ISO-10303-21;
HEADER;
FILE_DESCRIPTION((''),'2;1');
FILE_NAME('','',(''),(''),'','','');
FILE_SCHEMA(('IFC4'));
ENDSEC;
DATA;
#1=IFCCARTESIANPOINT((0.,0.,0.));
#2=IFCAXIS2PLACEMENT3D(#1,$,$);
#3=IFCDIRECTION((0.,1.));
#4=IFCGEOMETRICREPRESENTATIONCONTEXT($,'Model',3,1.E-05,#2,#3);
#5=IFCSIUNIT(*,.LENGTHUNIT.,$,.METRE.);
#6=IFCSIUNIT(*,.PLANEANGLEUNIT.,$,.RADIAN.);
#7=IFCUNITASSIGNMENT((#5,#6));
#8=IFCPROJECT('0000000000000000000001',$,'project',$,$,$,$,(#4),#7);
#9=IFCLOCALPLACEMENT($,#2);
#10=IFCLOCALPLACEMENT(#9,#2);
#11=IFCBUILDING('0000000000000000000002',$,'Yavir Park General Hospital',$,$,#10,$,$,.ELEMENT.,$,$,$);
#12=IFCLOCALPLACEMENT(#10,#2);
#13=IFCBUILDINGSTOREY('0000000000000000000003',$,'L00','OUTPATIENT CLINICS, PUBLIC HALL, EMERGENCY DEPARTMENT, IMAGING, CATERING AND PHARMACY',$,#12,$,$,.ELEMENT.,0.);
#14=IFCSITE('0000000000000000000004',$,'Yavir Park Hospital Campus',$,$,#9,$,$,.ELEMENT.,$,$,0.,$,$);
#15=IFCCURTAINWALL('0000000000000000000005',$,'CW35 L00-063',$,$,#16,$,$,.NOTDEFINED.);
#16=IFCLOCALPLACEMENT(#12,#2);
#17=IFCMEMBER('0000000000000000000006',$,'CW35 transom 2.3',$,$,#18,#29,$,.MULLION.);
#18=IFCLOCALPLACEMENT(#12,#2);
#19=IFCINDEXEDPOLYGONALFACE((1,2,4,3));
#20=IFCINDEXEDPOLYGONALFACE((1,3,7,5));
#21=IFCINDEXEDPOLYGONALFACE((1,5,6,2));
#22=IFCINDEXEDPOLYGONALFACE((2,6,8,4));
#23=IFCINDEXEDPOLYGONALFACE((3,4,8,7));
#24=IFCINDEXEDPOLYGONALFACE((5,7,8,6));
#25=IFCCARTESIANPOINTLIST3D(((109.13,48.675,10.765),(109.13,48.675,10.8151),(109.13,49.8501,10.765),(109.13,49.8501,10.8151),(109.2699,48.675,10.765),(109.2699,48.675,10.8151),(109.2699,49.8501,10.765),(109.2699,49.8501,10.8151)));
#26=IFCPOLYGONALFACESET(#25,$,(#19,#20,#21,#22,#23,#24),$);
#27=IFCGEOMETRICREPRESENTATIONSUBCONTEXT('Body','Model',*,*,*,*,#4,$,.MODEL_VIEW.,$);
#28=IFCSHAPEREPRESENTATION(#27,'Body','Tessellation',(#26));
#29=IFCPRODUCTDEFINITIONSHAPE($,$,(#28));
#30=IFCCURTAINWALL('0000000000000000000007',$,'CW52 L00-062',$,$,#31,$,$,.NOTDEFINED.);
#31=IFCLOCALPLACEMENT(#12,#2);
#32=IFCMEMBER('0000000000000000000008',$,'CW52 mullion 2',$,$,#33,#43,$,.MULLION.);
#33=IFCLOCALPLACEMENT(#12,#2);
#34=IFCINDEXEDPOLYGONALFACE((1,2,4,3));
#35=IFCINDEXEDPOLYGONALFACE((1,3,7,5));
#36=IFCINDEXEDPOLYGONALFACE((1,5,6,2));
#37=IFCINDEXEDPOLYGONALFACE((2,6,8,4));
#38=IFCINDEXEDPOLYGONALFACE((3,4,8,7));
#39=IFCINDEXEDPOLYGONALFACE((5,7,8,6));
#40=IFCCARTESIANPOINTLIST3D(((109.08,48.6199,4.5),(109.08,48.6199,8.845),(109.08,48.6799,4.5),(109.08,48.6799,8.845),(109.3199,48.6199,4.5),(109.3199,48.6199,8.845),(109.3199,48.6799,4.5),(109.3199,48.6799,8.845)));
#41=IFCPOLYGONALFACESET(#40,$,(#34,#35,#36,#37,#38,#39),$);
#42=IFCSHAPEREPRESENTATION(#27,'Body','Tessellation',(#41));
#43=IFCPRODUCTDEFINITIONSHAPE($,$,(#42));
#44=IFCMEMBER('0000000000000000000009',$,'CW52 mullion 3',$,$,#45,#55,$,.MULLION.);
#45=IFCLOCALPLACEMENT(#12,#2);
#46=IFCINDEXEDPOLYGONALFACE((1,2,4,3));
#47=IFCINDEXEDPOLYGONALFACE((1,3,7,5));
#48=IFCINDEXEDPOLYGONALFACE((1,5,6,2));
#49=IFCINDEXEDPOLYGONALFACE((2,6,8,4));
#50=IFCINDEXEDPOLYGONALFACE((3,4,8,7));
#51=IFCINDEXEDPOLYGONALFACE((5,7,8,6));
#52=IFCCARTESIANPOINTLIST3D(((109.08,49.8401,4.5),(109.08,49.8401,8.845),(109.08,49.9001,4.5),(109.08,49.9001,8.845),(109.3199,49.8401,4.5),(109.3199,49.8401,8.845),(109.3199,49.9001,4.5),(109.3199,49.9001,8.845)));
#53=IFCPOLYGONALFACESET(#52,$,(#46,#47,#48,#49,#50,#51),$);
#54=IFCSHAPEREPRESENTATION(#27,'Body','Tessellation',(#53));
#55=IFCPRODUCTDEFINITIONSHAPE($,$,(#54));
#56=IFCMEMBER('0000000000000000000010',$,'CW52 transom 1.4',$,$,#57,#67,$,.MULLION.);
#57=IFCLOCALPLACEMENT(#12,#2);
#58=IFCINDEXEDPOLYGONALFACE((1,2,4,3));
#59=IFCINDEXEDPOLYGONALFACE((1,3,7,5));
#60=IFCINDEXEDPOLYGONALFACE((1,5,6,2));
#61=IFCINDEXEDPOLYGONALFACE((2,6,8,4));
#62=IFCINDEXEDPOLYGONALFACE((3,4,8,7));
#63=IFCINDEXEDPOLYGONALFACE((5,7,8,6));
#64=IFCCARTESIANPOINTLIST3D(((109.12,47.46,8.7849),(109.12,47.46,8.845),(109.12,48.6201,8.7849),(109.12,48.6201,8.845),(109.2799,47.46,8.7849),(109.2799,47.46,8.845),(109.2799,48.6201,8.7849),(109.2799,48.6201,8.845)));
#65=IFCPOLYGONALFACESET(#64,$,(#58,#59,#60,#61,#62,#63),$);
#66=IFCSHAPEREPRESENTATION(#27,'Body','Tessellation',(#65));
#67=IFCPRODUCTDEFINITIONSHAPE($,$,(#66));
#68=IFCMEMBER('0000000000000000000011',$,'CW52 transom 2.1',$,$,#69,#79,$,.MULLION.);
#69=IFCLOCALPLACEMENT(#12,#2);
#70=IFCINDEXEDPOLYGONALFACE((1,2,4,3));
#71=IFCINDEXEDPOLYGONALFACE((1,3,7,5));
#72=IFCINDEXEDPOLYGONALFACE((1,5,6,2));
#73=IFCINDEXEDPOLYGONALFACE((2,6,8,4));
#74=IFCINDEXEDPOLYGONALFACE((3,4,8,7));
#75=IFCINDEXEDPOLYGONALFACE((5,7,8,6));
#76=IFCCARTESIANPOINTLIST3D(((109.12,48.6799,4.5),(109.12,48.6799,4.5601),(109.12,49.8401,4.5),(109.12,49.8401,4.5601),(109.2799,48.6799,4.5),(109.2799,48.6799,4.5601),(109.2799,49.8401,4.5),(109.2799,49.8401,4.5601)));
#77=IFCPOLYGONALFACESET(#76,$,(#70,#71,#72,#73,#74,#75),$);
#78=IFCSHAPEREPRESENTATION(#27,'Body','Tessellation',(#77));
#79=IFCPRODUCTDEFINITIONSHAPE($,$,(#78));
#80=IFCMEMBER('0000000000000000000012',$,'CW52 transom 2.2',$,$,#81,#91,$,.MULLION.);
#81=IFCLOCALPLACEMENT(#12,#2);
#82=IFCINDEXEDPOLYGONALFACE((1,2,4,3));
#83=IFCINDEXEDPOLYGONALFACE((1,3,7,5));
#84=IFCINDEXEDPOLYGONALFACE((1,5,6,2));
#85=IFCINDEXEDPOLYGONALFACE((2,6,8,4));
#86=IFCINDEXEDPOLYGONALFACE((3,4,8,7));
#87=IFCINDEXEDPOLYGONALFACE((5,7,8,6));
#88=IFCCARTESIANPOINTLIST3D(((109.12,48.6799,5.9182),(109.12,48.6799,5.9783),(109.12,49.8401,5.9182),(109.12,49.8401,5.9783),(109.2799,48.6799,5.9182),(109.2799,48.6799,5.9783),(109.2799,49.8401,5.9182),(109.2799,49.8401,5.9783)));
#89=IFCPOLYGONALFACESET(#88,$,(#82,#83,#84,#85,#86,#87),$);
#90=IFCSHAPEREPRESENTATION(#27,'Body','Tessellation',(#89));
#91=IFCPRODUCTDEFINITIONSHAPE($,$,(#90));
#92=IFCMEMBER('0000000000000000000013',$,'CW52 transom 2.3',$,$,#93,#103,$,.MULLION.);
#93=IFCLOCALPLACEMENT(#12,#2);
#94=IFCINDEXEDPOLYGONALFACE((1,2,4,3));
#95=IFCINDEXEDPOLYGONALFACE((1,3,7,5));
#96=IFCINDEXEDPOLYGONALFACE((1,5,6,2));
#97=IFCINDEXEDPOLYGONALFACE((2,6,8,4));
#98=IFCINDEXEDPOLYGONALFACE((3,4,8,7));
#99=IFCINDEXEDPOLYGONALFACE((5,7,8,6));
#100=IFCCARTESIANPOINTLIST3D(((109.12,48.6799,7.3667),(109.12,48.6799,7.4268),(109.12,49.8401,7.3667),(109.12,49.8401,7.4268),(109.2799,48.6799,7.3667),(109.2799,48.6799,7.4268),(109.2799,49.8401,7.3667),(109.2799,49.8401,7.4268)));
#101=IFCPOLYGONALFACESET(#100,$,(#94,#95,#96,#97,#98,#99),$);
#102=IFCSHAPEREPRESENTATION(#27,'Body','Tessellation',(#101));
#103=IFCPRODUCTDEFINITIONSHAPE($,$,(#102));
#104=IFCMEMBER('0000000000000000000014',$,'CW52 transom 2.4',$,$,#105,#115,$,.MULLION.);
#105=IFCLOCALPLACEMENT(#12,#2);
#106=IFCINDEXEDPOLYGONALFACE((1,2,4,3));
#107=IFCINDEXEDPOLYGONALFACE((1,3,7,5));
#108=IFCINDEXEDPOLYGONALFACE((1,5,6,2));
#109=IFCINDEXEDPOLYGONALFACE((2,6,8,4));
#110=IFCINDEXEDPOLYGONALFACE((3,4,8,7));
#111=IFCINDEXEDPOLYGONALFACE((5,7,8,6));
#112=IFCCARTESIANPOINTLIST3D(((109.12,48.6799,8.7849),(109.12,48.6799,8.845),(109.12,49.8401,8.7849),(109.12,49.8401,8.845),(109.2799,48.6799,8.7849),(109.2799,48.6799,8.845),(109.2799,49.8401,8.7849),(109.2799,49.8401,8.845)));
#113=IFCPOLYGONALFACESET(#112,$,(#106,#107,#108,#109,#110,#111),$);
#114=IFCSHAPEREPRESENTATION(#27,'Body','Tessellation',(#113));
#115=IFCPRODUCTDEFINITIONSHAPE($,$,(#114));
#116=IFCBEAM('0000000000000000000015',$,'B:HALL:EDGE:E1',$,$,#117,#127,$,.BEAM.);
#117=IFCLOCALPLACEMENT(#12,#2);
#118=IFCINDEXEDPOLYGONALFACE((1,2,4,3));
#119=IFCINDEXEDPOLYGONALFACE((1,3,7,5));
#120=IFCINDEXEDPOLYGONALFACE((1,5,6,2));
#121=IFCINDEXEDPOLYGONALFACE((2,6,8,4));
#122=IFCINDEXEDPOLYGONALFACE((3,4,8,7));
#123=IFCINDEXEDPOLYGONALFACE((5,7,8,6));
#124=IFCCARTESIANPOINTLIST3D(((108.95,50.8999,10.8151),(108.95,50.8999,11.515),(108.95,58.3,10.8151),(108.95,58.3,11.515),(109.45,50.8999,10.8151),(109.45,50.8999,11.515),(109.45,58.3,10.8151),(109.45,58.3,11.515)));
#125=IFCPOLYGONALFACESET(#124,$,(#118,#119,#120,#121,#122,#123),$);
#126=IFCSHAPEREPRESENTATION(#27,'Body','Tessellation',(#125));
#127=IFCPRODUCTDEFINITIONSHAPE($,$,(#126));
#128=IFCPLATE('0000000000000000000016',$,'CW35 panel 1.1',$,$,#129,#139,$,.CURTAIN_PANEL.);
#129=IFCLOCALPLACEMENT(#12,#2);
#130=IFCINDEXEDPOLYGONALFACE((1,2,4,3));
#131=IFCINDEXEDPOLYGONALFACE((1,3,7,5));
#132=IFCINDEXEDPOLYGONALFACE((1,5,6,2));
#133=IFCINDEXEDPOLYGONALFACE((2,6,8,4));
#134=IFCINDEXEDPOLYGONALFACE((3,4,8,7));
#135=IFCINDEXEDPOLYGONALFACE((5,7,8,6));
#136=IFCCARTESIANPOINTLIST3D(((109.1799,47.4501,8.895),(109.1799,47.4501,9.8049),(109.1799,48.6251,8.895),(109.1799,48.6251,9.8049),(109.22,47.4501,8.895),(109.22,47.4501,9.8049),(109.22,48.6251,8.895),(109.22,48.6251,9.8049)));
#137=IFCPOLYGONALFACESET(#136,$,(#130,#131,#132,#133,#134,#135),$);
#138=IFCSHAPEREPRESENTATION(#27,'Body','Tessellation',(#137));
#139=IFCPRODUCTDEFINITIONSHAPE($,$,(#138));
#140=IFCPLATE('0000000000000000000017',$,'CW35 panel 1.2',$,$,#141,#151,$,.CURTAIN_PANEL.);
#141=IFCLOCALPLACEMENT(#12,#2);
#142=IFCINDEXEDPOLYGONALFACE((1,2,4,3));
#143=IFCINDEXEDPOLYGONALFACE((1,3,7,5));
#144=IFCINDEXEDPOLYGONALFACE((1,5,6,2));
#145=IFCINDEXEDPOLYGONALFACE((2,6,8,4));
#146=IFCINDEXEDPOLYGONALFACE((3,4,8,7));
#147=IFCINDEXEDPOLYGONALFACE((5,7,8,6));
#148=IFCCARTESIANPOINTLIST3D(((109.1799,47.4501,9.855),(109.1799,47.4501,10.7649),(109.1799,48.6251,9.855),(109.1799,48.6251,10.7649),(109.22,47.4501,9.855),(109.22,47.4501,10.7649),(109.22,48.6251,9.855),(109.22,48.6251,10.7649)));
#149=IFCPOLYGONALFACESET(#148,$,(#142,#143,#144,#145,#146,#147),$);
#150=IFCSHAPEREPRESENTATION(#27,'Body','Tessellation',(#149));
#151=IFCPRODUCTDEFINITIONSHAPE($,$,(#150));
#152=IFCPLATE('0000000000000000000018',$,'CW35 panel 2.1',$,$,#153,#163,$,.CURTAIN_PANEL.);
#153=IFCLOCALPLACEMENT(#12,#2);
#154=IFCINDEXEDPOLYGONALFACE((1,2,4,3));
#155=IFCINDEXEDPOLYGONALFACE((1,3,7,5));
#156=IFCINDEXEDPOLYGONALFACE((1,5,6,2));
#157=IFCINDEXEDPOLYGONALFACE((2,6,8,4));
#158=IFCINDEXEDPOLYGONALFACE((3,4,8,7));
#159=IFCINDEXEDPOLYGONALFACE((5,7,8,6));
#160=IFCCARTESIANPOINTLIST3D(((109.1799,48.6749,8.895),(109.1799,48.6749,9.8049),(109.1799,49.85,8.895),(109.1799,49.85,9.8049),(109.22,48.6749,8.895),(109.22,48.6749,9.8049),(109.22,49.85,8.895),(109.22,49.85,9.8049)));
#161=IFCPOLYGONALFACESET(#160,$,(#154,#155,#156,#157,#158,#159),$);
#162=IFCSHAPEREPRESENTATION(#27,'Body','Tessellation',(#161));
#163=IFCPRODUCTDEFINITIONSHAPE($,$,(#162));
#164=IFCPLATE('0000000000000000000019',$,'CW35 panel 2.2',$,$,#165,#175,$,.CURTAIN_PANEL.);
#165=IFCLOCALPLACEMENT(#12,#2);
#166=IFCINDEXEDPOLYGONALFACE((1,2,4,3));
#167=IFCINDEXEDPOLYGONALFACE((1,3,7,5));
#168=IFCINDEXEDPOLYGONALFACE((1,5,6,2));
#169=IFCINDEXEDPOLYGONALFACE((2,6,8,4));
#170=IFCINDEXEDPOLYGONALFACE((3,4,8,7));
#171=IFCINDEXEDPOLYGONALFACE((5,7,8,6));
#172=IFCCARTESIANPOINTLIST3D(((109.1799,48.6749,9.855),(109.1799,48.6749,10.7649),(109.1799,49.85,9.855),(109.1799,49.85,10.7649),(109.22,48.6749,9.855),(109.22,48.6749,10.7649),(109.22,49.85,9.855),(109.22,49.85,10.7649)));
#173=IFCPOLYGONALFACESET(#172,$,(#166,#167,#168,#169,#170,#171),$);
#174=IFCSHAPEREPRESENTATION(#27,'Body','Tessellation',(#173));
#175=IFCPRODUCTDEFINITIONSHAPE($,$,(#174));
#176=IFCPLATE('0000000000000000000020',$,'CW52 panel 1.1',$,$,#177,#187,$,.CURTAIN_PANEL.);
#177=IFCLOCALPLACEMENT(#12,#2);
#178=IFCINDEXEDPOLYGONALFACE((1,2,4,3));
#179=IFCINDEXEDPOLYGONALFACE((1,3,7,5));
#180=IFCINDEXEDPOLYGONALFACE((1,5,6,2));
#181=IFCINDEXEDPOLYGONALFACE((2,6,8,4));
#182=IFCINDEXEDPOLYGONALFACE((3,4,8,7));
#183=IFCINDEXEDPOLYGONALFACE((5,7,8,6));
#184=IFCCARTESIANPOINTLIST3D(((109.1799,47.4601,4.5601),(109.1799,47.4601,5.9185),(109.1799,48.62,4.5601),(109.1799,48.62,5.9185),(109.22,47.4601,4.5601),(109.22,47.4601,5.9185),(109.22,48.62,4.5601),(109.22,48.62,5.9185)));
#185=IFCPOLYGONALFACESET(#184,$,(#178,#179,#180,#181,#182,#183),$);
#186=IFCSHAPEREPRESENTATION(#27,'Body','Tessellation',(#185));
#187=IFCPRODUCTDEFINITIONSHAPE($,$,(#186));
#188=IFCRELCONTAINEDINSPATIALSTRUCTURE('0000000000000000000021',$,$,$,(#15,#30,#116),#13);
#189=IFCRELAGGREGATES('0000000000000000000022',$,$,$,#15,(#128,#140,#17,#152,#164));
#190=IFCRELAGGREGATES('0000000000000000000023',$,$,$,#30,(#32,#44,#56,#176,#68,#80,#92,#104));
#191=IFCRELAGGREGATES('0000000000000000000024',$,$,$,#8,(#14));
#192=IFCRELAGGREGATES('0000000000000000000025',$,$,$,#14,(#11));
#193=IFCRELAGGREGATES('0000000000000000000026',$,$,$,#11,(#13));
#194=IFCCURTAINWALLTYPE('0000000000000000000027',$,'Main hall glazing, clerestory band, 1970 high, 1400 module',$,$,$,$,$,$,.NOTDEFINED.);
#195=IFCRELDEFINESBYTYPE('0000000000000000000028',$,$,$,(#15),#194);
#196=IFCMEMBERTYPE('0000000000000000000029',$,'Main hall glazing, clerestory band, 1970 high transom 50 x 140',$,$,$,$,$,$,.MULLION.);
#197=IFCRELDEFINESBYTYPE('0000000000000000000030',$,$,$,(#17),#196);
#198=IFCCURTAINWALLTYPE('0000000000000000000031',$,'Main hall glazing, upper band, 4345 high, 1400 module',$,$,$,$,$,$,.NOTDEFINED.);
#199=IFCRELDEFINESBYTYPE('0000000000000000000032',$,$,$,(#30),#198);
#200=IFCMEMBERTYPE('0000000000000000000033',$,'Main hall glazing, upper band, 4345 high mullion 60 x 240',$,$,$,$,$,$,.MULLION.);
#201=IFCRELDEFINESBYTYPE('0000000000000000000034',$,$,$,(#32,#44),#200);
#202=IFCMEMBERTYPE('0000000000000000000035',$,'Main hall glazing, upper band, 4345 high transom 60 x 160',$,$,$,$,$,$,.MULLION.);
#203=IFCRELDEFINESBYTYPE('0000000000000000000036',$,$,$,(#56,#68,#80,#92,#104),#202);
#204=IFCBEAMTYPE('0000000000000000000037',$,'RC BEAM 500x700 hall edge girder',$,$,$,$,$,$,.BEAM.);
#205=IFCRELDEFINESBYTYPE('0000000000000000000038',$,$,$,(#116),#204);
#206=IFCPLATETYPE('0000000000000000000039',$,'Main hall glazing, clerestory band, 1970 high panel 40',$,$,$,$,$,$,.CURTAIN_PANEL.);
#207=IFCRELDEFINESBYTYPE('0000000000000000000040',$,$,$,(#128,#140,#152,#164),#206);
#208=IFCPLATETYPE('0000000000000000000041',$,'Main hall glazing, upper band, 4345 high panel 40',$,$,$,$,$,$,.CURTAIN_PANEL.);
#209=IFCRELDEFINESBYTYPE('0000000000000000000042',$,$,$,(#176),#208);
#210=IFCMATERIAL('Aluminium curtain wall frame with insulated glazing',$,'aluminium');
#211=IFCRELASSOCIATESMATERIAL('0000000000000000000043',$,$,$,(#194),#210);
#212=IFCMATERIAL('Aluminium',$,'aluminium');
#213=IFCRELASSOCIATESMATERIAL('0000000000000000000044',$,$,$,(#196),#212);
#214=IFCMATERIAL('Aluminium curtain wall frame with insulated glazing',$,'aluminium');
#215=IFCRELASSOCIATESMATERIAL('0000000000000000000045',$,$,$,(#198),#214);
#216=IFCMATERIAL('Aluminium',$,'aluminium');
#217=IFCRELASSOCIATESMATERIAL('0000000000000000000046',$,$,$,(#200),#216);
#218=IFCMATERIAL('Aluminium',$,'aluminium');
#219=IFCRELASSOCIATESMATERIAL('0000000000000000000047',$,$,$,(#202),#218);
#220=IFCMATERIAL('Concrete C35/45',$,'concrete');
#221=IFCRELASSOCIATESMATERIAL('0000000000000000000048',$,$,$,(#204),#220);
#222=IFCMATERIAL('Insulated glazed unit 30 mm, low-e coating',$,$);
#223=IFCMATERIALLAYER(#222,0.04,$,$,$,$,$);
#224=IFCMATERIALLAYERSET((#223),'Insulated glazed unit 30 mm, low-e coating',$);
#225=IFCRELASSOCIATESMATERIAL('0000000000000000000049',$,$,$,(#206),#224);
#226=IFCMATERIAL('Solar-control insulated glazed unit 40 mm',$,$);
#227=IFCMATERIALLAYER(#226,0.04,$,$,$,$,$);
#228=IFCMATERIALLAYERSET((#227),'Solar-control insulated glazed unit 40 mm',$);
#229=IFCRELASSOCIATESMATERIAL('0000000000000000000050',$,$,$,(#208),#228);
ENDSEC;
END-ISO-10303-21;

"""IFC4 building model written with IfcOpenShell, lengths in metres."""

from ifc_helpers import new_model, si_unit, direction, frame, origin, origin_2d, place, context, subcontext, project, spatial, rectangle, extrude, material, layer, layer_set, material_profile, profile_set, type_object, element, aggregate, save


model = new_model("IFC4")

# Units and contexts
model_context = context("Model", 3, precision=1e-05, world=origin(), true_north=direction((0.0, 1.0)))
body_context = subcontext(model_context, "Body", "Model", "MODEL_VIEW")
ifc_project = project(units=[si_unit("LENGTHUNIT", "METRE"), si_unit("PLANEANGLEUNIT", "RADIAN")], contexts=[model_context])

# Site, building, storey
site_placement = place(None, origin())
site = spatial("IfcSite", under=ifc_project, at=site_placement, Name="Yavir Park Hospital Campus", CompositionType="ELEMENT", RefElevation=0.0)
building_placement = place(site_placement, origin())
building = spatial("IfcBuilding", under=site, at=building_placement, Name="Yavir Park General Hospital", CompositionType="ELEMENT")
storey_placement = place(building_placement, origin())
storey = spatial("IfcBuildingStorey", under=building, at=storey_placement, Name="L00", Description="OUTPATIENT CLINICS, PUBLIC HALL, EMERGENCY DEPARTMENT, IMAGING, CATERING AND PHARMACY", CompositionType="ELEMENT", Elevation=0.0)

# Curtain walls, members
ifc_material_1 = material(Name="Aluminium curtain wall frame with insulated glazing", Category="aluminium")
curtain_wall_type_1 = type_object("IfcCurtainWallType", Name="Main hall glazing, clerestory band, 1970 high, 1400 module", PredefinedType="NOTDEFINED", material=ifc_material_1)
curtain_wall_1_placement = place(storey_placement, origin())
curtain_wall_1 = element("IfcCurtainWall", 1, at=curtain_wall_1_placement, inside=storey, type_object=curtain_wall_type_1, Name="CW35 L00-063", PredefinedType="NOTDEFINED")
ifc_material_2 = material(Name="Aluminium", Category="aluminium")
ifc_material_profile_1 = material_profile(ifc_material_2, rectangle(XDim=0.1399, YDim=0.05, at=origin_2d()), Name="AL 140x50")
ifc_profile_set_1 = profile_set([ifc_material_profile_1], Name="Aluminium")
member_type_1 = type_object("IfcMemberType", Name="Main hall glazing, clerestory band, 1970 high transom 50 x 140", PredefinedType="MULLION", material=ifc_profile_set_1)
member_1_placement = place(storey_placement, frame((109.2, 48.675, 10.79), z_axis=(0.0, 1.0, 0.0), x_axis=(-1.0, 0.0, 0.0)))
member_1 = element("IfcMember", 2, at=member_1_placement, type_object=member_type_1, Name="CW35 transom 2.3", PredefinedType="MULLION", context=body_context, shape_type="SweptSolid", body=[
    extrude(rectangle(XDim=0.1399, YDim=0.05, at=origin_2d()), origin(), (0.0, 0.0, 1.0), 1.175),
])
ifc_material_3 = material(Name="Aluminium curtain wall frame with insulated glazing", Category="aluminium")
curtain_wall_type_2 = type_object("IfcCurtainWallType", Name="Main hall glazing, upper band, 4345 high, 1400 module", PredefinedType="NOTDEFINED", material=ifc_material_3)
curtain_wall_2_placement = place(storey_placement, origin())
curtain_wall_2 = element("IfcCurtainWall", 3, at=curtain_wall_2_placement, inside=storey, type_object=curtain_wall_type_2, Name="CW52 L00-062", PredefinedType="NOTDEFINED")
ifc_material_4 = material(Name="Aluminium", Category="aluminium")
ifc_material_profile_2 = material_profile(ifc_material_4, rectangle(XDim=0.24, YDim=0.0601, at=origin_2d()), Name="AL 60x240")
ifc_profile_set_2 = profile_set([ifc_material_profile_2], Name="Aluminium")
member_type_2 = type_object("IfcMemberType", Name="Main hall glazing, upper band, 4345 high mullion 60 x 240", PredefinedType="MULLION", material=ifc_profile_set_2)
member_2_placement = place(storey_placement, frame((109.2, 48.6499, 4.5), z_axis=(0.0, 0.0, 1.0), x_axis=(-1.0, 0.0, 0.0)))
member_2 = element("IfcMember", 4, at=member_2_placement, type_object=member_type_2, Name="CW52 mullion 2", PredefinedType="MULLION", context=body_context, shape_type="SweptSolid", body=[
    extrude(rectangle(XDim=0.24, YDim=0.0601, at=origin_2d()), origin(), (0.0, 0.0, 1.0), 4.345),
])
member_3_placement = place(storey_placement, frame((109.2, 49.8701, 4.5), z_axis=(0.0, 0.0, 1.0), x_axis=(-1.0, 0.0, 0.0)))
member_3 = element("IfcMember", 5, at=member_3_placement, type_object=member_type_2, Name="CW52 mullion 3", PredefinedType="MULLION", context=body_context, shape_type="SweptSolid", body=[
    extrude(rectangle(XDim=0.24, YDim=0.0601, at=origin_2d()), origin(), (0.0, 0.0, 1.0), 4.345),
])
ifc_material_5 = material(Name="Aluminium", Category="aluminium")
ifc_material_profile_3 = material_profile(ifc_material_5, rectangle(XDim=0.1599, YDim=0.0601, at=origin_2d()), Name="AL 160x60")
ifc_profile_set_3 = profile_set([ifc_material_profile_3], Name="Aluminium")
member_type_3 = type_object("IfcMemberType", Name="Main hall glazing, upper band, 4345 high transom 60 x 160", PredefinedType="MULLION", material=ifc_profile_set_3)
member_4_placement = place(storey_placement, frame((109.2, 47.46, 8.8149), z_axis=(0.0, 1.0, 0.0), x_axis=(-1.0, 0.0, 0.0)))
member_4 = element("IfcMember", 6, at=member_4_placement, type_object=member_type_3, Name="CW52 transom 1.4", PredefinedType="MULLION", context=body_context, shape_type="SweptSolid", body=[
    extrude(rectangle(XDim=0.1599, YDim=0.0601, at=origin_2d()), origin(), (0.0, 0.0, 1.0), 1.1602),
])
member_5_placement = place(storey_placement, frame((109.2, 48.6799, 4.53), z_axis=(0.0, 1.0, 0.0), x_axis=(-1.0, 0.0, 0.0)))
member_5 = element("IfcMember", 7, at=member_5_placement, type_object=member_type_3, Name="CW52 transom 2.1", PredefinedType="MULLION", context=body_context, shape_type="SweptSolid", body=[
    extrude(rectangle(XDim=0.1599, YDim=0.0601, at=origin_2d()), origin(), (0.0, 0.0, 1.0), 1.1602),
])
member_6_placement = place(storey_placement, frame((109.2, 48.6799, 5.9482), z_axis=(0.0, 1.0, 0.0), x_axis=(-1.0, 0.0, 0.0)))
member_6 = element("IfcMember", 8, at=member_6_placement, type_object=member_type_3, Name="CW52 transom 2.2", PredefinedType="MULLION", context=body_context, shape_type="SweptSolid", body=[
    extrude(rectangle(XDim=0.1599, YDim=0.0601, at=origin_2d()), origin(), (0.0, 0.0, 1.0), 1.1602),
])
member_7_placement = place(storey_placement, frame((109.2, 48.6799, 7.3967), z_axis=(0.0, 1.0, 0.0), x_axis=(-1.0, 0.0, 0.0)))
member_7 = element("IfcMember", 9, at=member_7_placement, type_object=member_type_3, Name="CW52 transom 2.3", PredefinedType="MULLION", context=body_context, shape_type="SweptSolid", body=[
    extrude(rectangle(XDim=0.1599, YDim=0.0601, at=origin_2d()), origin(), (0.0, 0.0, 1.0), 1.1602),
])
member_8_placement = place(storey_placement, frame((109.2, 48.6799, 8.8149), z_axis=(0.0, 1.0, 0.0), x_axis=(-1.0, 0.0, 0.0)))
member_8 = element("IfcMember", 10, at=member_8_placement, type_object=member_type_3, Name="CW52 transom 2.4", PredefinedType="MULLION", context=body_context, shape_type="SweptSolid", body=[
    extrude(rectangle(XDim=0.1599, YDim=0.0601, at=origin_2d()), origin(), (0.0, 0.0, 1.0), 1.1602),
])

# Beam
ifc_material_6 = material(Name="Concrete C35/45", Category="concrete")
ifc_material_profile_4 = material_profile(ifc_material_6, rectangle(XDim=0.5, YDim=0.7, at=origin_2d()), Name="RC500x700")
ifc_profile_set_4 = profile_set([ifc_material_profile_4], Name="Concrete C35/45")
beam_type_1 = type_object("IfcBeamType", Name="RC BEAM 500x700 hall edge girder", PredefinedType="BEAM", material=ifc_profile_set_4)
beam_1_placement = place(storey_placement, frame((109.2, 50.8999, 11.165), z_axis=(0.0, 1.0, 0.0), x_axis=(-1.0, 0.0, 0.0)))
element("IfcBeam", 11, at=beam_1_placement, inside=storey, type_object=beam_type_1, Name="B:HALL:EDGE:E1", PredefinedType="BEAM", context=body_context, shape_type="SweptSolid", body=[
    extrude(rectangle(XDim=0.5, YDim=0.7, at=origin_2d()), origin(), (0.0, 0.0, 1.0), 7.4001),
])

# Plates
ifc_material_7 = material(Name="Insulated glazed unit 30 mm, low-e coating")
ifc_layer_1 = layer(ifc_material_7, 0.04)
ifc_layer_set_1 = layer_set([ifc_layer_1], Name="Insulated glazed unit 30 mm, low-e coating")
plate_type_1 = type_object("IfcPlateType", Name="Main hall glazing, clerestory band, 1970 high panel 40", PredefinedType="CURTAIN_PANEL", material=ifc_layer_set_1)
plate_1_placement = place(storey_placement, frame((109.2, 48.0376, 8.895), z_axis=(0.0, 0.0, 1.0), x_axis=(0.0, 1.0, 0.0)))
plate_1 = element("IfcPlate", 12, at=plate_1_placement, type_object=plate_type_1, Name="CW35 panel 1.1", PredefinedType="CURTAIN_PANEL", context=body_context, shape_type="SweptSolid", body=[
    extrude(rectangle(XDim=1.175, YDim=0.04, at=origin_2d()), origin(), (0.0, 0.0, 1.0), 0.9099),
])
plate_2_placement = place(storey_placement, frame((109.2, 48.0376, 9.855), z_axis=(0.0, 0.0, 1.0), x_axis=(0.0, 1.0, 0.0)))
plate_2 = element("IfcPlate", 13, at=plate_2_placement, type_object=plate_type_1, Name="CW35 panel 1.2", PredefinedType="CURTAIN_PANEL", context=body_context, shape_type="SweptSolid", body=[
    extrude(rectangle(XDim=1.175, YDim=0.04, at=origin_2d()), origin(), (0.0, 0.0, 1.0), 0.9099),
])
plate_3_placement = place(storey_placement, frame((109.2, 49.2625, 8.895), z_axis=(0.0, 0.0, 1.0), x_axis=(0.0, 1.0, 0.0)))
plate_3 = element("IfcPlate", 14, at=plate_3_placement, type_object=plate_type_1, Name="CW35 panel 2.1", PredefinedType="CURTAIN_PANEL", context=body_context, shape_type="SweptSolid", body=[
    extrude(rectangle(XDim=1.175, YDim=0.04, at=origin_2d()), origin(), (0.0, 0.0, 1.0), 0.9099),
])
plate_4_placement = place(storey_placement, frame((109.2, 49.2625, 9.855), z_axis=(0.0, 0.0, 1.0), x_axis=(0.0, 1.0, 0.0)))
plate_4 = element("IfcPlate", 15, at=plate_4_placement, type_object=plate_type_1, Name="CW35 panel 2.2", PredefinedType="CURTAIN_PANEL", context=body_context, shape_type="SweptSolid", body=[
    extrude(rectangle(XDim=1.175, YDim=0.04, at=origin_2d()), origin(), (0.0, 0.0, 1.0), 0.9099),
])
aggregate(curtain_wall_1, [plate_1, plate_2, member_1, plate_3, plate_4])
ifc_material_8 = material(Name="Solar-control insulated glazed unit 40 mm")
ifc_layer_2 = layer(ifc_material_8, 0.04)
ifc_layer_set_2 = layer_set([ifc_layer_2], Name="Solar-control insulated glazed unit 40 mm")
plate_type_2 = type_object("IfcPlateType", Name="Main hall glazing, upper band, 4345 high panel 40", PredefinedType="CURTAIN_PANEL", material=ifc_layer_set_2)
plate_5_placement = place(storey_placement, frame((109.2, 48.04, 4.5601), z_axis=(0.0, 0.0, 1.0), x_axis=(0.0, 1.0, 0.0)))
plate_5 = element("IfcPlate", 16, at=plate_5_placement, type_object=plate_type_2, Name="CW52 panel 1.1", PredefinedType="CURTAIN_PANEL", context=body_context, shape_type="SweptSolid", body=[
    extrude(rectangle(XDim=1.1599, YDim=0.04, at=origin_2d()), origin(), (0.0, 0.0, 1.0), 1.3584),
])
aggregate(curtain_wall_2, [member_2, member_3, member_4, plate_5, member_5, member_6, member_7, member_8])

save(model, "model.ifc")
